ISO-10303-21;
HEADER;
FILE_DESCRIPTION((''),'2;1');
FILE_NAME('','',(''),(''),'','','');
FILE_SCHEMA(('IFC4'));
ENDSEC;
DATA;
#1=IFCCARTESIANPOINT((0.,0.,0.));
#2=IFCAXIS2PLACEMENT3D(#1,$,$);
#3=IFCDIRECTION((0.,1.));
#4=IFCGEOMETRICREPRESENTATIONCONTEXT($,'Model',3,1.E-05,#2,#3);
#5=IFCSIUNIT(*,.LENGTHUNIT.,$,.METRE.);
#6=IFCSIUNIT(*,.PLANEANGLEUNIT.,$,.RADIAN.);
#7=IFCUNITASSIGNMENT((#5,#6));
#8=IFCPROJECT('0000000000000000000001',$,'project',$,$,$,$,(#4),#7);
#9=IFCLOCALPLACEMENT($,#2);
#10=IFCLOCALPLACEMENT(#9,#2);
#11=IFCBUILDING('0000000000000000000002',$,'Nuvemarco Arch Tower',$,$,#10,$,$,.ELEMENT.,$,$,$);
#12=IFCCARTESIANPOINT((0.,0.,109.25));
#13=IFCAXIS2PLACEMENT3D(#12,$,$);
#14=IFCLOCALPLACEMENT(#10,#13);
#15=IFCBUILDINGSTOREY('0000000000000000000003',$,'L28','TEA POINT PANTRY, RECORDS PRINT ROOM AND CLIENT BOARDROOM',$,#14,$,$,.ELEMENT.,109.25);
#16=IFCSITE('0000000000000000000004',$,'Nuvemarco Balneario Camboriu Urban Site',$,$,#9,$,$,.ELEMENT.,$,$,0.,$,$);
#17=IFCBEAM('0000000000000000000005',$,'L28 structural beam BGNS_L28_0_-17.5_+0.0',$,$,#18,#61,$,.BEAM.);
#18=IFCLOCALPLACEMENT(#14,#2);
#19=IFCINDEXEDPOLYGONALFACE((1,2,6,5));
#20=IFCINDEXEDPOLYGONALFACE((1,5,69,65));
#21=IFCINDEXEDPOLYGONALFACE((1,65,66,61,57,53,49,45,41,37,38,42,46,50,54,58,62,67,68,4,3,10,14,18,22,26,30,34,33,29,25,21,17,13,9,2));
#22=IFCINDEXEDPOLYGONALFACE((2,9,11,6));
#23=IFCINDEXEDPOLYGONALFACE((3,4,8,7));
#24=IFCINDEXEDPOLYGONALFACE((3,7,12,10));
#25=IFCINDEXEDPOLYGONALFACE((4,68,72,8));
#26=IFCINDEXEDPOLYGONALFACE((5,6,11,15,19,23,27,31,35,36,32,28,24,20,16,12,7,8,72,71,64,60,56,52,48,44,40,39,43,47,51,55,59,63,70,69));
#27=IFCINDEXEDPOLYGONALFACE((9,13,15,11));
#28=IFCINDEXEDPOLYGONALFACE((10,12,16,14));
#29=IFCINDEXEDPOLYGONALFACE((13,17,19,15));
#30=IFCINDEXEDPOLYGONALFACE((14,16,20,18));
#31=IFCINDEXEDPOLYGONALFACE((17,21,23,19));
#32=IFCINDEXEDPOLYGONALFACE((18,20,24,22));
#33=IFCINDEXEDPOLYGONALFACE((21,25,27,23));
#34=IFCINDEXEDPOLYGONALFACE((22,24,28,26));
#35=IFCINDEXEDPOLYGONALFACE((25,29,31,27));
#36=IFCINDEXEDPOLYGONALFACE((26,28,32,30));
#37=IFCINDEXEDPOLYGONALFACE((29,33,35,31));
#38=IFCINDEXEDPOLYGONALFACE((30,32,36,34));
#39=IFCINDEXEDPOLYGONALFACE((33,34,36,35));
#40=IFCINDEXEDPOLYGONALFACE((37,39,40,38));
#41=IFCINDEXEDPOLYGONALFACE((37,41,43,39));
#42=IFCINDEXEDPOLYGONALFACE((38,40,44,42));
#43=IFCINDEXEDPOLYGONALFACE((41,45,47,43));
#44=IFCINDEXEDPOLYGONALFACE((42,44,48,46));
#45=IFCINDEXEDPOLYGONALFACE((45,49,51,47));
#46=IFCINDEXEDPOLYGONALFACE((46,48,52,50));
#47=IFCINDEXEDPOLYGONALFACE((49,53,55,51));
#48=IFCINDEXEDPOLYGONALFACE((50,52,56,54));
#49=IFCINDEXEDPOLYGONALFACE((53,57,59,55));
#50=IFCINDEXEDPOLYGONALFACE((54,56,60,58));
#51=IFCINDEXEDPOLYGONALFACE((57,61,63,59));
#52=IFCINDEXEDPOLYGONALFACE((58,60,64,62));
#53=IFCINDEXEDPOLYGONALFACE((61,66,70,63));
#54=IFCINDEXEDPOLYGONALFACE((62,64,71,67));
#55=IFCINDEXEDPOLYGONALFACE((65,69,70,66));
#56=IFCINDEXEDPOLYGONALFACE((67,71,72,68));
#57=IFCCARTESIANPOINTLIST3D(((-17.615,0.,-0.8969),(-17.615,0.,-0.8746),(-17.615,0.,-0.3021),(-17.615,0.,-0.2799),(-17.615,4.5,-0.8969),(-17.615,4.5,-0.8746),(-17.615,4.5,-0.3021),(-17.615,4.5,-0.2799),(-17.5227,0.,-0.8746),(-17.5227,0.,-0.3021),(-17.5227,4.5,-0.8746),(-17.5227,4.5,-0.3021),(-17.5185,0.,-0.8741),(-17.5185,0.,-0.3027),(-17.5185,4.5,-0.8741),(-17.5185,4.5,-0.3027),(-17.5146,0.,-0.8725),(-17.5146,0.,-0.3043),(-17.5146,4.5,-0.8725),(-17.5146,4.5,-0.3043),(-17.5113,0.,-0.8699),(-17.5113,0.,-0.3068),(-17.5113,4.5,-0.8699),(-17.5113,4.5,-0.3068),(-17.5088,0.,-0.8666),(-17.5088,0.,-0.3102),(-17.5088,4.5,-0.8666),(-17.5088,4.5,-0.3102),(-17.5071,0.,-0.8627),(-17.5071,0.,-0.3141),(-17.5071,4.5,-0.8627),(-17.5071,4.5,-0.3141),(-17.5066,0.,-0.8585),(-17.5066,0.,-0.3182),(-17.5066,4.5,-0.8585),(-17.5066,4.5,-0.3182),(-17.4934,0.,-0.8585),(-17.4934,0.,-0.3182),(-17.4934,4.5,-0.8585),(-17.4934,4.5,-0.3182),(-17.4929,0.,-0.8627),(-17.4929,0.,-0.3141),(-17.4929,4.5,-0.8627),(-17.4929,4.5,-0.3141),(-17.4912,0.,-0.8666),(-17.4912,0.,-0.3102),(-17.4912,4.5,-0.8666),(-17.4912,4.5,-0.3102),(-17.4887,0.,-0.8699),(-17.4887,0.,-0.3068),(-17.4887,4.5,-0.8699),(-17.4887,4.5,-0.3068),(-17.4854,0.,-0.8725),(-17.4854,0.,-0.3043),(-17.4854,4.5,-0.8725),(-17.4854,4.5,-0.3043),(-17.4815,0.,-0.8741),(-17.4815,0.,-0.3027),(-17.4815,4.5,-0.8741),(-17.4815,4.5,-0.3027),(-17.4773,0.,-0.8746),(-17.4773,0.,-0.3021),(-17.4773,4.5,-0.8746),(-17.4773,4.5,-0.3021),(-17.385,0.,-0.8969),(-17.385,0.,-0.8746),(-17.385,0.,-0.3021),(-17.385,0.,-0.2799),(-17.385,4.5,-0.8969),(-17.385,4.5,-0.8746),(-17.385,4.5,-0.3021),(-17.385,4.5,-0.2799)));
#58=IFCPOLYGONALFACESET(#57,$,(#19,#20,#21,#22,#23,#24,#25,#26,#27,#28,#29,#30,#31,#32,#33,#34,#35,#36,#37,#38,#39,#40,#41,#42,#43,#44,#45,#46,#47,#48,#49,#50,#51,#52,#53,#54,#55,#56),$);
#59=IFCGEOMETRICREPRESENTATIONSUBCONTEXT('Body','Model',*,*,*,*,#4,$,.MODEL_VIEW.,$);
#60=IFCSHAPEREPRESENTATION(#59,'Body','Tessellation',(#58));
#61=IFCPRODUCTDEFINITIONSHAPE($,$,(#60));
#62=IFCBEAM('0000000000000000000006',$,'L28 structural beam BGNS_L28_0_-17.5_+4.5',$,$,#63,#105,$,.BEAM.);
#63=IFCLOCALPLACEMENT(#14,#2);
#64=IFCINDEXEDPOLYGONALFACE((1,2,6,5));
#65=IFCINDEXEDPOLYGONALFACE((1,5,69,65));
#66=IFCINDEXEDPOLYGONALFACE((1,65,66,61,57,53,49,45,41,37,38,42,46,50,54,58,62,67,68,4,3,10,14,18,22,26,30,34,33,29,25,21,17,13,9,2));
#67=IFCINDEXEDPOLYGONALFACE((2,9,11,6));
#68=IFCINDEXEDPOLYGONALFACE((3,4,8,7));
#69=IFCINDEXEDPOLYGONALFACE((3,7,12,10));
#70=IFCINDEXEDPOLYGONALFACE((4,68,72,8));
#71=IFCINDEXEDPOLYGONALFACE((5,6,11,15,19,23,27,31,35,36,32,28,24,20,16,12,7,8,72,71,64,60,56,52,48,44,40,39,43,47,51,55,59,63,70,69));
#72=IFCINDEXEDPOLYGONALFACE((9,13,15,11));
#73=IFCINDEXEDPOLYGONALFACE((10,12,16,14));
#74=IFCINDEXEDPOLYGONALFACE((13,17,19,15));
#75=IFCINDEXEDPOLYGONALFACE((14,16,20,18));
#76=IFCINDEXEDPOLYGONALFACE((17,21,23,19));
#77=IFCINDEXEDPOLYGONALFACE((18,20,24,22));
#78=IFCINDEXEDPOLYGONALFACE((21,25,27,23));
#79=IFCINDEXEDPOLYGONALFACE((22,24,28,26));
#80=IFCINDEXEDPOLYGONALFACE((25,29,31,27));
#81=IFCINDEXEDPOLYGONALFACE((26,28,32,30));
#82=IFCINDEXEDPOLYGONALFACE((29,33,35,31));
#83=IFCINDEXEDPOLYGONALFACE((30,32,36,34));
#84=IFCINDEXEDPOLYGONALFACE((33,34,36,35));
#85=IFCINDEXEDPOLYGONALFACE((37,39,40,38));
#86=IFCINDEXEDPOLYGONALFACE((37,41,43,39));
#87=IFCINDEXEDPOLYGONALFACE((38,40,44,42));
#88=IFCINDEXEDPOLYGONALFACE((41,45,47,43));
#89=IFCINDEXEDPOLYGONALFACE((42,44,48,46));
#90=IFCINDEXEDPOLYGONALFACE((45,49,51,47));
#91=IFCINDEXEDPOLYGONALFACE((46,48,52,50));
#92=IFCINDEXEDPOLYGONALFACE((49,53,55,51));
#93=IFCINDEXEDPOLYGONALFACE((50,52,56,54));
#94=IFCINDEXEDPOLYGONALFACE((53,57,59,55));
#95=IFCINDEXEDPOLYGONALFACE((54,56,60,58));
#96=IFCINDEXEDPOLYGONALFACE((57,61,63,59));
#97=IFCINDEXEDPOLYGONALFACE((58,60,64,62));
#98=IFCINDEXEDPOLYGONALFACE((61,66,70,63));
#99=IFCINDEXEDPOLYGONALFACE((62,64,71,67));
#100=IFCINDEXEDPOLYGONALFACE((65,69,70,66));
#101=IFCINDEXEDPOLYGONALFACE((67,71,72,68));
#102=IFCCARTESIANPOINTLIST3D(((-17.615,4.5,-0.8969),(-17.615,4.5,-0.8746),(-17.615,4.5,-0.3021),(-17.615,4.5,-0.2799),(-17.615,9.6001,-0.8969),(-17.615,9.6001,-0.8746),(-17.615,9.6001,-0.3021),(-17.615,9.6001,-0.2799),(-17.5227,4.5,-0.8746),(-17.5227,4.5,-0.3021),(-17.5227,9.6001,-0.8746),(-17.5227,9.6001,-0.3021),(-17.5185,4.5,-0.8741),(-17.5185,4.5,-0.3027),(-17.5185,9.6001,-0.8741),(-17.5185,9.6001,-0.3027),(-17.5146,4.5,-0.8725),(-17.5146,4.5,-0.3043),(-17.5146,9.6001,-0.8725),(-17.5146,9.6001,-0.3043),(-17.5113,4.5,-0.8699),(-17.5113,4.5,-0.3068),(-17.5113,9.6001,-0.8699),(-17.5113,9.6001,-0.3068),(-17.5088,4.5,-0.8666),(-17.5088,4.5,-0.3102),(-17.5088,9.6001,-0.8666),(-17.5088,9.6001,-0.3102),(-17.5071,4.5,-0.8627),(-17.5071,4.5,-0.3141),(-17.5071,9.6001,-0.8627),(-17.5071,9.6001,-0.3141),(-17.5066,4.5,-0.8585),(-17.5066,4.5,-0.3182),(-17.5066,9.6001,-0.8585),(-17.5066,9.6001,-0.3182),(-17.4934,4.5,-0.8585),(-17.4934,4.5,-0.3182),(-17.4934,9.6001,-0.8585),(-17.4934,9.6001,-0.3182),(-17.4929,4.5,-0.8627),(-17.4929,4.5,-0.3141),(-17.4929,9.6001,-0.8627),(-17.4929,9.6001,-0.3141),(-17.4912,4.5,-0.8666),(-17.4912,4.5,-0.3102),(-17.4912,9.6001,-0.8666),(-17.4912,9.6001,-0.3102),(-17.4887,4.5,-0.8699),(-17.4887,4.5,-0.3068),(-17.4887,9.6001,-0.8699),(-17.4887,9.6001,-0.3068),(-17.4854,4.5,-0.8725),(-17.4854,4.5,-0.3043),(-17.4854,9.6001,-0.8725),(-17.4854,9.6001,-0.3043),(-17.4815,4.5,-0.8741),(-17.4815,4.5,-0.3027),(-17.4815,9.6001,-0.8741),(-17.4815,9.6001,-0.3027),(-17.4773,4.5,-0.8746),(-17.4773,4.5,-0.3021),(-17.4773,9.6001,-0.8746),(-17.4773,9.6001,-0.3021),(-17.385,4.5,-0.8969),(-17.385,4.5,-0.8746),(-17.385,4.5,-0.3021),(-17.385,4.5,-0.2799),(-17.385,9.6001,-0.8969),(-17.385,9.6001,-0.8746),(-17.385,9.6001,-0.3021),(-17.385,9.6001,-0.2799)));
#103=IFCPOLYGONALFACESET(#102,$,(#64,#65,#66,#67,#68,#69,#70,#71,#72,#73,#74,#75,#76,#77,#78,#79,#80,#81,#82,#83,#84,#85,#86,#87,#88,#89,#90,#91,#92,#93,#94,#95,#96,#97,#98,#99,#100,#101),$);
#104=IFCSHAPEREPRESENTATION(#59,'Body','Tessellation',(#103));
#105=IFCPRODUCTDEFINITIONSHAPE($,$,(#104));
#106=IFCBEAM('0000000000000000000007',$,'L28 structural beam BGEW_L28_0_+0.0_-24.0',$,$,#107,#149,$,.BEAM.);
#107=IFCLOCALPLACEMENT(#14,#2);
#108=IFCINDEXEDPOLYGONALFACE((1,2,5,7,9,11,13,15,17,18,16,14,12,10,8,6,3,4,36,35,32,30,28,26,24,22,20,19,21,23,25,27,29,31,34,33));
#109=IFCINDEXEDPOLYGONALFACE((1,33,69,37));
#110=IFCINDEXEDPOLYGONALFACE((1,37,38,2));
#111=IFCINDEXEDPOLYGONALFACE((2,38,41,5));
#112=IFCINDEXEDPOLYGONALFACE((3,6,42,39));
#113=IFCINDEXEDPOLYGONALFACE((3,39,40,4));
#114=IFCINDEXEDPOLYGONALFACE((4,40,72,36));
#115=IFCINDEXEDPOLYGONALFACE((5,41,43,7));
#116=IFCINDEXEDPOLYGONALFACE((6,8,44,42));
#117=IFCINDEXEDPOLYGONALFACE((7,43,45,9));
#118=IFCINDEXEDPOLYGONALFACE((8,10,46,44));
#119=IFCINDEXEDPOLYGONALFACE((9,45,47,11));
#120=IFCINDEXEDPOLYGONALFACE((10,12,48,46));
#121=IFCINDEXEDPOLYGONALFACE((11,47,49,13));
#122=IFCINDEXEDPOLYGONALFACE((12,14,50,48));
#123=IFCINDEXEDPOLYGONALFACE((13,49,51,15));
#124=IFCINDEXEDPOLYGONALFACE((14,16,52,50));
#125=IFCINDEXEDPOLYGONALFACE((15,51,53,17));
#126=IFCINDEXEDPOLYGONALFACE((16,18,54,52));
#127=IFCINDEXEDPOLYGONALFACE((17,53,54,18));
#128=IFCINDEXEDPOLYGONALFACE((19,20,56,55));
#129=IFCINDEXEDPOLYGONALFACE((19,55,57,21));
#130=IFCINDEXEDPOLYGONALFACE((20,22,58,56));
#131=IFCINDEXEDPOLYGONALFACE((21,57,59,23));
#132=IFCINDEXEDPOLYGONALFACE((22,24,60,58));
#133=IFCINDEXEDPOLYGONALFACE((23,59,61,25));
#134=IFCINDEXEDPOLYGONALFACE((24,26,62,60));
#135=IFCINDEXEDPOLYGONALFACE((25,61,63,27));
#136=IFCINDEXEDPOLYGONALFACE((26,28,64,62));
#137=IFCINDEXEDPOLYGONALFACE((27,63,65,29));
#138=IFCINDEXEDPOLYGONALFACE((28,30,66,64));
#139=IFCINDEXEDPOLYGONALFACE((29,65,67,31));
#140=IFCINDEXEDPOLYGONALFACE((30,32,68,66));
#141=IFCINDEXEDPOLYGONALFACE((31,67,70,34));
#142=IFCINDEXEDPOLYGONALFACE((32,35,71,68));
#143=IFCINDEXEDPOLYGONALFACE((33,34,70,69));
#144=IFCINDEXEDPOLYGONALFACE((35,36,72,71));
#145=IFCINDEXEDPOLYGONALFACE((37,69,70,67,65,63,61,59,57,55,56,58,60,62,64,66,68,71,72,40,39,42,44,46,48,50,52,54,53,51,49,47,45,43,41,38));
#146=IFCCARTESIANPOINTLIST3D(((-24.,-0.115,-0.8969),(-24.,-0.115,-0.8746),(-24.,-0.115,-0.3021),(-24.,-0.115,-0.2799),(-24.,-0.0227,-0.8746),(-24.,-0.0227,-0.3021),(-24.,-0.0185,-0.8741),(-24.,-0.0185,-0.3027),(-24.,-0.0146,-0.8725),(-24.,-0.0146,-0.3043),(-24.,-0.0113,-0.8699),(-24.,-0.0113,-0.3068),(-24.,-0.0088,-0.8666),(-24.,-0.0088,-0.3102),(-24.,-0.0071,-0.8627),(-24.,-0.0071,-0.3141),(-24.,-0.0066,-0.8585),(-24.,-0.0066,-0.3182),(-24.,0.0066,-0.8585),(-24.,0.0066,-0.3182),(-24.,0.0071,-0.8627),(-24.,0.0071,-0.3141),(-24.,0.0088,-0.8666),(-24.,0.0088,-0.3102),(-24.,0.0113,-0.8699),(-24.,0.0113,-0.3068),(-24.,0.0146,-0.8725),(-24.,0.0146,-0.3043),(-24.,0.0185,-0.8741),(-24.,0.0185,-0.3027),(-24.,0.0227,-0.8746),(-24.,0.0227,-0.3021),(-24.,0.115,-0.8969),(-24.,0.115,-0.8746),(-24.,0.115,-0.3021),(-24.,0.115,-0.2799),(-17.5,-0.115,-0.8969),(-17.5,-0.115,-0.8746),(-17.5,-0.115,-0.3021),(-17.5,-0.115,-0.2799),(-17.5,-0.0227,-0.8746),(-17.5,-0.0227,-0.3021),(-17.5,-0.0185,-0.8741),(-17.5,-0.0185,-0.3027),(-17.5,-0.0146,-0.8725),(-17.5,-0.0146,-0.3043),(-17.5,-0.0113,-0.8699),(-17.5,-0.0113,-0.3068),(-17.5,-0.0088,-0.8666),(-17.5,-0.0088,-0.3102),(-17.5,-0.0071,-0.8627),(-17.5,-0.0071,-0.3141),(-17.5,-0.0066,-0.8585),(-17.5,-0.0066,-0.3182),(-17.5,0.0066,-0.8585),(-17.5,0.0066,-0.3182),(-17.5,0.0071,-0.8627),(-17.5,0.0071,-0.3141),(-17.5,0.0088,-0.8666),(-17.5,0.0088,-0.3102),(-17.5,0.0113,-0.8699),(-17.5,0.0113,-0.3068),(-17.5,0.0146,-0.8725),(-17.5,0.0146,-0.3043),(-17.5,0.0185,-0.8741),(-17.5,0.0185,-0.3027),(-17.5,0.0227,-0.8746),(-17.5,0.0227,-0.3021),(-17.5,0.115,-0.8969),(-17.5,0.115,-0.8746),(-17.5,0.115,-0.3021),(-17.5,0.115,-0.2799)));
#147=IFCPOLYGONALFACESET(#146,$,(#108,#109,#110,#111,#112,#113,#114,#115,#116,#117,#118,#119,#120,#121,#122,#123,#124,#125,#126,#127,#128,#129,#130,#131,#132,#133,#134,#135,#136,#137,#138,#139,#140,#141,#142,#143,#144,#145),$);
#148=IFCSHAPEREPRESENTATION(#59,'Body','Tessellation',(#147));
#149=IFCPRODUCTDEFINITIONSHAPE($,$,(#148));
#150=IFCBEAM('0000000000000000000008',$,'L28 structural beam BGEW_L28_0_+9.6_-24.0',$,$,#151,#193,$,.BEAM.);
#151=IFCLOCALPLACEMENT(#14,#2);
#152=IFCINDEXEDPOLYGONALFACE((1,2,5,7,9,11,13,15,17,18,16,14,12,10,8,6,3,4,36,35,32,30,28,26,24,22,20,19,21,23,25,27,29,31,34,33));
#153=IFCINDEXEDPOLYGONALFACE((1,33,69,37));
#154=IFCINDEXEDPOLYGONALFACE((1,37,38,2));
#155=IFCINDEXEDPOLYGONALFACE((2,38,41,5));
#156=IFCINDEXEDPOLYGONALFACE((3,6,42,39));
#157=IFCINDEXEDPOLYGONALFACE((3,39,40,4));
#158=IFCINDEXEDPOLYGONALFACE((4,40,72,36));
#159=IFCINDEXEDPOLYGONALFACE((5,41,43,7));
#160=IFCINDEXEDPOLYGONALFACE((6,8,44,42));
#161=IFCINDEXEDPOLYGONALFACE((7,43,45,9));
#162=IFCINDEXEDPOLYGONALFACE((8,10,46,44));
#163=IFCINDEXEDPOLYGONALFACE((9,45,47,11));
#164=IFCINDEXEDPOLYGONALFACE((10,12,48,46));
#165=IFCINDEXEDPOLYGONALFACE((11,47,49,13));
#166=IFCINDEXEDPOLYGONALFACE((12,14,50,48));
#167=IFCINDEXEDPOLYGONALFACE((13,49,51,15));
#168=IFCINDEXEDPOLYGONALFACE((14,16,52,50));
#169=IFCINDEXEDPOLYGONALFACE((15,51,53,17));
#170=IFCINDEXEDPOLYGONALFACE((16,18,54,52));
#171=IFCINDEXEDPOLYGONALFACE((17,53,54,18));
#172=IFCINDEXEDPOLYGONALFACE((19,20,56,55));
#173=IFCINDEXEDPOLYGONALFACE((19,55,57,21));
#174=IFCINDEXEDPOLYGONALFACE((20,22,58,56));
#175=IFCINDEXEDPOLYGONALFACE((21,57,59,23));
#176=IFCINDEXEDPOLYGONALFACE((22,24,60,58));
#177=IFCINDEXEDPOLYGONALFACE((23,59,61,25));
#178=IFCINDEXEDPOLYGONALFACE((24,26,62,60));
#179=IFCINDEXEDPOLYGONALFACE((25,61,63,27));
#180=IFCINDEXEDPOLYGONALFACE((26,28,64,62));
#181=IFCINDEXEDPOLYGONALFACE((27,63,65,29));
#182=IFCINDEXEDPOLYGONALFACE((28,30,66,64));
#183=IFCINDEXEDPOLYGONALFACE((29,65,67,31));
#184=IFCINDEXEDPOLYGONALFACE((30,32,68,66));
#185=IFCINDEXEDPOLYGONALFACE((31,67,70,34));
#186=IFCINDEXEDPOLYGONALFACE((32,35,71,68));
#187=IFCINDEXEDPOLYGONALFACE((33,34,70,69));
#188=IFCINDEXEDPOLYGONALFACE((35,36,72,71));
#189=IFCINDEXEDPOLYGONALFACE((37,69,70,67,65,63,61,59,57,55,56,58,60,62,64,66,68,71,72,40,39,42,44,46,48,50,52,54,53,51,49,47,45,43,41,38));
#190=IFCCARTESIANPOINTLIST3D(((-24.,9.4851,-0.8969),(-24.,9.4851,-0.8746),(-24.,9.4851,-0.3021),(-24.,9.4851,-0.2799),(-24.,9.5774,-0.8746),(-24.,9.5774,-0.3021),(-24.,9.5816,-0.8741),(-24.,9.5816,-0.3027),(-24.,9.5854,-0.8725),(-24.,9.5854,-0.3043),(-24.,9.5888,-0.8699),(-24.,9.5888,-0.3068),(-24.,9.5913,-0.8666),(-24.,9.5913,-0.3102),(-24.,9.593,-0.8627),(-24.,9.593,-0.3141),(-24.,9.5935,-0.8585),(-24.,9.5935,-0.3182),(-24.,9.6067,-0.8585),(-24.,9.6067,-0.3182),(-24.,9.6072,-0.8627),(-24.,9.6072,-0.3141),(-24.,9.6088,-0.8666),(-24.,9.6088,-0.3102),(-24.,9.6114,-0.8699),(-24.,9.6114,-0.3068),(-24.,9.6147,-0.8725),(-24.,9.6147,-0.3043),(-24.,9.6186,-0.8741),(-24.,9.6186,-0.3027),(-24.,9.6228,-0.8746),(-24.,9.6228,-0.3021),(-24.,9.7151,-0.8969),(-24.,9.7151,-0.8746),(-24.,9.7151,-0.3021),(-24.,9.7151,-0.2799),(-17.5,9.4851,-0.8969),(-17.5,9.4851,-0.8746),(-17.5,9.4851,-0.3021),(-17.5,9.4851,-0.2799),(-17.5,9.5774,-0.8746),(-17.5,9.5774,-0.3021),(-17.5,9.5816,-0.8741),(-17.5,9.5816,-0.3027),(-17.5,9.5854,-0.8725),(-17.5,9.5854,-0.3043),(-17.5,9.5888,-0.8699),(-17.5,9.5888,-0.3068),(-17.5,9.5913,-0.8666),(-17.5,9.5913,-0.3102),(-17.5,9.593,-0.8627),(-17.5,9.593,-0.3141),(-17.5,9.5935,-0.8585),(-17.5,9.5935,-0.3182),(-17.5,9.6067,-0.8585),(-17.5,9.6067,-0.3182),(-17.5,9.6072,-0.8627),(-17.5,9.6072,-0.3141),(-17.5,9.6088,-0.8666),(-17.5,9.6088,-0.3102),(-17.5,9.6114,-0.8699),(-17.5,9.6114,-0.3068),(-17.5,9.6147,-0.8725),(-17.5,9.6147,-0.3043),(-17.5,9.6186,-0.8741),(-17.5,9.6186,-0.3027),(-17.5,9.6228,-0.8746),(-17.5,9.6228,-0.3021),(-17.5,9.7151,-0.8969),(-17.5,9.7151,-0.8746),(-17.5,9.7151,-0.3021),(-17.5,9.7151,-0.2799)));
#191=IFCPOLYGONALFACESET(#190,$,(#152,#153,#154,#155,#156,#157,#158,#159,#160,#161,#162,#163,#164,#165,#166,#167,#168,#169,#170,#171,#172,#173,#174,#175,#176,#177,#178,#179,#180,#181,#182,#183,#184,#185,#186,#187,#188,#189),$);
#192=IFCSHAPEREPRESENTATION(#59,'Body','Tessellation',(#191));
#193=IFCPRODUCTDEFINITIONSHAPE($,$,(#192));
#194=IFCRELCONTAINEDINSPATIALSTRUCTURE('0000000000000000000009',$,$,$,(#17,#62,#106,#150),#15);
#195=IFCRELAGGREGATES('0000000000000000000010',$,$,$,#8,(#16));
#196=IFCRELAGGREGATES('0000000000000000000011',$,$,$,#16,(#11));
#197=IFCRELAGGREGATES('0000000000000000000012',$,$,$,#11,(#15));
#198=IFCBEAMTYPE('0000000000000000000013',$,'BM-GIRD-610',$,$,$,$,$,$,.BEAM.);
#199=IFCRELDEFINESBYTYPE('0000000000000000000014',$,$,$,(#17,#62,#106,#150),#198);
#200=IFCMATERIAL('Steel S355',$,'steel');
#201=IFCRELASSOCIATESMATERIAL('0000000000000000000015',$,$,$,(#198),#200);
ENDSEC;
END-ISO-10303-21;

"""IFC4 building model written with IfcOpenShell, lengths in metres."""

from ifc_helpers import new_model, si_unit, direction, frame, origin, origin_2d, place, context, subcontext, project, spatial, i_section, extrude, material, material_profile, profile_set, type_object, element, save


model = new_model("IFC4")

# Units and contexts
model_context = context("Model", 3, precision=1e-05, world=origin(), true_north=direction((0.0, 1.0)))
body_context = subcontext(model_context, "Body", "Model", "MODEL_VIEW")
ifc_project = project(units=[si_unit("LENGTHUNIT", "METRE"), si_unit("PLANEANGLEUNIT", "RADIAN")], contexts=[model_context])

# Site, building, storey
site_placement = place(None, origin())
site = spatial("IfcSite", under=ifc_project, at=site_placement, Name="Nuvemarco Balneario Camboriu Urban Site", CompositionType="ELEMENT", RefElevation=0.0)
building_placement = place(site_placement, origin())
building = spatial("IfcBuilding", under=site, at=building_placement, Name="Nuvemarco Arch Tower", CompositionType="ELEMENT")
storey_placement = place(building_placement, frame((0.0, 0.0, 109.25)))
storey = spatial("IfcBuildingStorey", under=building, at=storey_placement, Name="L28", Description="TEA POINT PANTRY, RECORDS PRINT ROOM AND CLIENT BOARDROOM", CompositionType="ELEMENT", Elevation=109.25)

# Shared definitions
ifc_material_1 = material(Name="Steel S355", Category="steel")

# Beams
ifc_material_profile_1 = material_profile(ifc_material_1, i_section(OverallWidth=0.23, OverallDepth=0.6169, WebThickness=0.0132, FlangeThickness=0.0222, FilletRadius=0.0161, at=origin_2d()), Name="W610x140")
ifc_profile_set_1 = profile_set([ifc_material_profile_1], Name="Steel S355")
beam_type_1 = type_object("IfcBeamType", Name="BM-GIRD-610", PredefinedType="BEAM", material=ifc_profile_set_1)
beam_1_placement = place(storey_placement, frame((-17.5, 0.0, -0.5884), z_axis=(0.0, 1.0, 0.0), x_axis=(-1.0, 0.0, 0.0)))
element("IfcBeam", 1, at=beam_1_placement, inside=storey, type_object=beam_type_1, Name="L28 structural beam BGNS_L28_0_-17.5_+0.0", PredefinedType="BEAM", context=body_context, shape_type="SweptSolid", body=[
    extrude(i_section(OverallWidth=0.23, OverallDepth=0.6169, WebThickness=0.0132, FlangeThickness=0.0222, FilletRadius=0.0161, at=origin_2d()), origin(), (0.0, 0.0, 1.0), 4.5),
])
beam_2_placement = place(storey_placement, frame((-17.5, 4.5, -0.5884), z_axis=(0.0, 1.0, 0.0), x_axis=(-1.0, 0.0, 0.0)))
element("IfcBeam", 2, at=beam_2_placement, inside=storey, type_object=beam_type_1, Name="L28 structural beam BGNS_L28_0_-17.5_+4.5", PredefinedType="BEAM", context=body_context, shape_type="SweptSolid", body=[
    extrude(i_section(OverallWidth=0.23, OverallDepth=0.6169, WebThickness=0.0132, FlangeThickness=0.0222, FilletRadius=0.0161, at=origin_2d()), origin(), (0.0, 0.0, 1.0), 5.1001),
])
for number, where, z_axis, x_axis, name in (
    (3, (-24.0, 0.0, -0.5884), (1.0, 0.0, 0.0), (0.0, 1.0, 0.0), "L28 structural beam BGEW_L28_0_+0.0_-24.0"),
    (4, (-24.0, 9.6001, -0.5884), (1.0, 0.0, 0.0), (0.0, 1.0, 0.0), "L28 structural beam BGEW_L28_0_+9.6_-24.0"),
):
    element("IfcBeam", number, at=place(storey_placement, frame(where, z_axis=z_axis, x_axis=x_axis)), inside=storey, type_object=beam_type_1, Name=name, PredefinedType="BEAM", context=body_context, shape_type="SweptSolid", body=[
        extrude(i_section(OverallWidth=0.23, OverallDepth=0.6169, WebThickness=0.0132, FlangeThickness=0.0222, FilletRadius=0.0161, at=origin_2d()), origin(), (0.0, 0.0, 1.0), 6.5),
    ])

save(model, "model.ifc")
